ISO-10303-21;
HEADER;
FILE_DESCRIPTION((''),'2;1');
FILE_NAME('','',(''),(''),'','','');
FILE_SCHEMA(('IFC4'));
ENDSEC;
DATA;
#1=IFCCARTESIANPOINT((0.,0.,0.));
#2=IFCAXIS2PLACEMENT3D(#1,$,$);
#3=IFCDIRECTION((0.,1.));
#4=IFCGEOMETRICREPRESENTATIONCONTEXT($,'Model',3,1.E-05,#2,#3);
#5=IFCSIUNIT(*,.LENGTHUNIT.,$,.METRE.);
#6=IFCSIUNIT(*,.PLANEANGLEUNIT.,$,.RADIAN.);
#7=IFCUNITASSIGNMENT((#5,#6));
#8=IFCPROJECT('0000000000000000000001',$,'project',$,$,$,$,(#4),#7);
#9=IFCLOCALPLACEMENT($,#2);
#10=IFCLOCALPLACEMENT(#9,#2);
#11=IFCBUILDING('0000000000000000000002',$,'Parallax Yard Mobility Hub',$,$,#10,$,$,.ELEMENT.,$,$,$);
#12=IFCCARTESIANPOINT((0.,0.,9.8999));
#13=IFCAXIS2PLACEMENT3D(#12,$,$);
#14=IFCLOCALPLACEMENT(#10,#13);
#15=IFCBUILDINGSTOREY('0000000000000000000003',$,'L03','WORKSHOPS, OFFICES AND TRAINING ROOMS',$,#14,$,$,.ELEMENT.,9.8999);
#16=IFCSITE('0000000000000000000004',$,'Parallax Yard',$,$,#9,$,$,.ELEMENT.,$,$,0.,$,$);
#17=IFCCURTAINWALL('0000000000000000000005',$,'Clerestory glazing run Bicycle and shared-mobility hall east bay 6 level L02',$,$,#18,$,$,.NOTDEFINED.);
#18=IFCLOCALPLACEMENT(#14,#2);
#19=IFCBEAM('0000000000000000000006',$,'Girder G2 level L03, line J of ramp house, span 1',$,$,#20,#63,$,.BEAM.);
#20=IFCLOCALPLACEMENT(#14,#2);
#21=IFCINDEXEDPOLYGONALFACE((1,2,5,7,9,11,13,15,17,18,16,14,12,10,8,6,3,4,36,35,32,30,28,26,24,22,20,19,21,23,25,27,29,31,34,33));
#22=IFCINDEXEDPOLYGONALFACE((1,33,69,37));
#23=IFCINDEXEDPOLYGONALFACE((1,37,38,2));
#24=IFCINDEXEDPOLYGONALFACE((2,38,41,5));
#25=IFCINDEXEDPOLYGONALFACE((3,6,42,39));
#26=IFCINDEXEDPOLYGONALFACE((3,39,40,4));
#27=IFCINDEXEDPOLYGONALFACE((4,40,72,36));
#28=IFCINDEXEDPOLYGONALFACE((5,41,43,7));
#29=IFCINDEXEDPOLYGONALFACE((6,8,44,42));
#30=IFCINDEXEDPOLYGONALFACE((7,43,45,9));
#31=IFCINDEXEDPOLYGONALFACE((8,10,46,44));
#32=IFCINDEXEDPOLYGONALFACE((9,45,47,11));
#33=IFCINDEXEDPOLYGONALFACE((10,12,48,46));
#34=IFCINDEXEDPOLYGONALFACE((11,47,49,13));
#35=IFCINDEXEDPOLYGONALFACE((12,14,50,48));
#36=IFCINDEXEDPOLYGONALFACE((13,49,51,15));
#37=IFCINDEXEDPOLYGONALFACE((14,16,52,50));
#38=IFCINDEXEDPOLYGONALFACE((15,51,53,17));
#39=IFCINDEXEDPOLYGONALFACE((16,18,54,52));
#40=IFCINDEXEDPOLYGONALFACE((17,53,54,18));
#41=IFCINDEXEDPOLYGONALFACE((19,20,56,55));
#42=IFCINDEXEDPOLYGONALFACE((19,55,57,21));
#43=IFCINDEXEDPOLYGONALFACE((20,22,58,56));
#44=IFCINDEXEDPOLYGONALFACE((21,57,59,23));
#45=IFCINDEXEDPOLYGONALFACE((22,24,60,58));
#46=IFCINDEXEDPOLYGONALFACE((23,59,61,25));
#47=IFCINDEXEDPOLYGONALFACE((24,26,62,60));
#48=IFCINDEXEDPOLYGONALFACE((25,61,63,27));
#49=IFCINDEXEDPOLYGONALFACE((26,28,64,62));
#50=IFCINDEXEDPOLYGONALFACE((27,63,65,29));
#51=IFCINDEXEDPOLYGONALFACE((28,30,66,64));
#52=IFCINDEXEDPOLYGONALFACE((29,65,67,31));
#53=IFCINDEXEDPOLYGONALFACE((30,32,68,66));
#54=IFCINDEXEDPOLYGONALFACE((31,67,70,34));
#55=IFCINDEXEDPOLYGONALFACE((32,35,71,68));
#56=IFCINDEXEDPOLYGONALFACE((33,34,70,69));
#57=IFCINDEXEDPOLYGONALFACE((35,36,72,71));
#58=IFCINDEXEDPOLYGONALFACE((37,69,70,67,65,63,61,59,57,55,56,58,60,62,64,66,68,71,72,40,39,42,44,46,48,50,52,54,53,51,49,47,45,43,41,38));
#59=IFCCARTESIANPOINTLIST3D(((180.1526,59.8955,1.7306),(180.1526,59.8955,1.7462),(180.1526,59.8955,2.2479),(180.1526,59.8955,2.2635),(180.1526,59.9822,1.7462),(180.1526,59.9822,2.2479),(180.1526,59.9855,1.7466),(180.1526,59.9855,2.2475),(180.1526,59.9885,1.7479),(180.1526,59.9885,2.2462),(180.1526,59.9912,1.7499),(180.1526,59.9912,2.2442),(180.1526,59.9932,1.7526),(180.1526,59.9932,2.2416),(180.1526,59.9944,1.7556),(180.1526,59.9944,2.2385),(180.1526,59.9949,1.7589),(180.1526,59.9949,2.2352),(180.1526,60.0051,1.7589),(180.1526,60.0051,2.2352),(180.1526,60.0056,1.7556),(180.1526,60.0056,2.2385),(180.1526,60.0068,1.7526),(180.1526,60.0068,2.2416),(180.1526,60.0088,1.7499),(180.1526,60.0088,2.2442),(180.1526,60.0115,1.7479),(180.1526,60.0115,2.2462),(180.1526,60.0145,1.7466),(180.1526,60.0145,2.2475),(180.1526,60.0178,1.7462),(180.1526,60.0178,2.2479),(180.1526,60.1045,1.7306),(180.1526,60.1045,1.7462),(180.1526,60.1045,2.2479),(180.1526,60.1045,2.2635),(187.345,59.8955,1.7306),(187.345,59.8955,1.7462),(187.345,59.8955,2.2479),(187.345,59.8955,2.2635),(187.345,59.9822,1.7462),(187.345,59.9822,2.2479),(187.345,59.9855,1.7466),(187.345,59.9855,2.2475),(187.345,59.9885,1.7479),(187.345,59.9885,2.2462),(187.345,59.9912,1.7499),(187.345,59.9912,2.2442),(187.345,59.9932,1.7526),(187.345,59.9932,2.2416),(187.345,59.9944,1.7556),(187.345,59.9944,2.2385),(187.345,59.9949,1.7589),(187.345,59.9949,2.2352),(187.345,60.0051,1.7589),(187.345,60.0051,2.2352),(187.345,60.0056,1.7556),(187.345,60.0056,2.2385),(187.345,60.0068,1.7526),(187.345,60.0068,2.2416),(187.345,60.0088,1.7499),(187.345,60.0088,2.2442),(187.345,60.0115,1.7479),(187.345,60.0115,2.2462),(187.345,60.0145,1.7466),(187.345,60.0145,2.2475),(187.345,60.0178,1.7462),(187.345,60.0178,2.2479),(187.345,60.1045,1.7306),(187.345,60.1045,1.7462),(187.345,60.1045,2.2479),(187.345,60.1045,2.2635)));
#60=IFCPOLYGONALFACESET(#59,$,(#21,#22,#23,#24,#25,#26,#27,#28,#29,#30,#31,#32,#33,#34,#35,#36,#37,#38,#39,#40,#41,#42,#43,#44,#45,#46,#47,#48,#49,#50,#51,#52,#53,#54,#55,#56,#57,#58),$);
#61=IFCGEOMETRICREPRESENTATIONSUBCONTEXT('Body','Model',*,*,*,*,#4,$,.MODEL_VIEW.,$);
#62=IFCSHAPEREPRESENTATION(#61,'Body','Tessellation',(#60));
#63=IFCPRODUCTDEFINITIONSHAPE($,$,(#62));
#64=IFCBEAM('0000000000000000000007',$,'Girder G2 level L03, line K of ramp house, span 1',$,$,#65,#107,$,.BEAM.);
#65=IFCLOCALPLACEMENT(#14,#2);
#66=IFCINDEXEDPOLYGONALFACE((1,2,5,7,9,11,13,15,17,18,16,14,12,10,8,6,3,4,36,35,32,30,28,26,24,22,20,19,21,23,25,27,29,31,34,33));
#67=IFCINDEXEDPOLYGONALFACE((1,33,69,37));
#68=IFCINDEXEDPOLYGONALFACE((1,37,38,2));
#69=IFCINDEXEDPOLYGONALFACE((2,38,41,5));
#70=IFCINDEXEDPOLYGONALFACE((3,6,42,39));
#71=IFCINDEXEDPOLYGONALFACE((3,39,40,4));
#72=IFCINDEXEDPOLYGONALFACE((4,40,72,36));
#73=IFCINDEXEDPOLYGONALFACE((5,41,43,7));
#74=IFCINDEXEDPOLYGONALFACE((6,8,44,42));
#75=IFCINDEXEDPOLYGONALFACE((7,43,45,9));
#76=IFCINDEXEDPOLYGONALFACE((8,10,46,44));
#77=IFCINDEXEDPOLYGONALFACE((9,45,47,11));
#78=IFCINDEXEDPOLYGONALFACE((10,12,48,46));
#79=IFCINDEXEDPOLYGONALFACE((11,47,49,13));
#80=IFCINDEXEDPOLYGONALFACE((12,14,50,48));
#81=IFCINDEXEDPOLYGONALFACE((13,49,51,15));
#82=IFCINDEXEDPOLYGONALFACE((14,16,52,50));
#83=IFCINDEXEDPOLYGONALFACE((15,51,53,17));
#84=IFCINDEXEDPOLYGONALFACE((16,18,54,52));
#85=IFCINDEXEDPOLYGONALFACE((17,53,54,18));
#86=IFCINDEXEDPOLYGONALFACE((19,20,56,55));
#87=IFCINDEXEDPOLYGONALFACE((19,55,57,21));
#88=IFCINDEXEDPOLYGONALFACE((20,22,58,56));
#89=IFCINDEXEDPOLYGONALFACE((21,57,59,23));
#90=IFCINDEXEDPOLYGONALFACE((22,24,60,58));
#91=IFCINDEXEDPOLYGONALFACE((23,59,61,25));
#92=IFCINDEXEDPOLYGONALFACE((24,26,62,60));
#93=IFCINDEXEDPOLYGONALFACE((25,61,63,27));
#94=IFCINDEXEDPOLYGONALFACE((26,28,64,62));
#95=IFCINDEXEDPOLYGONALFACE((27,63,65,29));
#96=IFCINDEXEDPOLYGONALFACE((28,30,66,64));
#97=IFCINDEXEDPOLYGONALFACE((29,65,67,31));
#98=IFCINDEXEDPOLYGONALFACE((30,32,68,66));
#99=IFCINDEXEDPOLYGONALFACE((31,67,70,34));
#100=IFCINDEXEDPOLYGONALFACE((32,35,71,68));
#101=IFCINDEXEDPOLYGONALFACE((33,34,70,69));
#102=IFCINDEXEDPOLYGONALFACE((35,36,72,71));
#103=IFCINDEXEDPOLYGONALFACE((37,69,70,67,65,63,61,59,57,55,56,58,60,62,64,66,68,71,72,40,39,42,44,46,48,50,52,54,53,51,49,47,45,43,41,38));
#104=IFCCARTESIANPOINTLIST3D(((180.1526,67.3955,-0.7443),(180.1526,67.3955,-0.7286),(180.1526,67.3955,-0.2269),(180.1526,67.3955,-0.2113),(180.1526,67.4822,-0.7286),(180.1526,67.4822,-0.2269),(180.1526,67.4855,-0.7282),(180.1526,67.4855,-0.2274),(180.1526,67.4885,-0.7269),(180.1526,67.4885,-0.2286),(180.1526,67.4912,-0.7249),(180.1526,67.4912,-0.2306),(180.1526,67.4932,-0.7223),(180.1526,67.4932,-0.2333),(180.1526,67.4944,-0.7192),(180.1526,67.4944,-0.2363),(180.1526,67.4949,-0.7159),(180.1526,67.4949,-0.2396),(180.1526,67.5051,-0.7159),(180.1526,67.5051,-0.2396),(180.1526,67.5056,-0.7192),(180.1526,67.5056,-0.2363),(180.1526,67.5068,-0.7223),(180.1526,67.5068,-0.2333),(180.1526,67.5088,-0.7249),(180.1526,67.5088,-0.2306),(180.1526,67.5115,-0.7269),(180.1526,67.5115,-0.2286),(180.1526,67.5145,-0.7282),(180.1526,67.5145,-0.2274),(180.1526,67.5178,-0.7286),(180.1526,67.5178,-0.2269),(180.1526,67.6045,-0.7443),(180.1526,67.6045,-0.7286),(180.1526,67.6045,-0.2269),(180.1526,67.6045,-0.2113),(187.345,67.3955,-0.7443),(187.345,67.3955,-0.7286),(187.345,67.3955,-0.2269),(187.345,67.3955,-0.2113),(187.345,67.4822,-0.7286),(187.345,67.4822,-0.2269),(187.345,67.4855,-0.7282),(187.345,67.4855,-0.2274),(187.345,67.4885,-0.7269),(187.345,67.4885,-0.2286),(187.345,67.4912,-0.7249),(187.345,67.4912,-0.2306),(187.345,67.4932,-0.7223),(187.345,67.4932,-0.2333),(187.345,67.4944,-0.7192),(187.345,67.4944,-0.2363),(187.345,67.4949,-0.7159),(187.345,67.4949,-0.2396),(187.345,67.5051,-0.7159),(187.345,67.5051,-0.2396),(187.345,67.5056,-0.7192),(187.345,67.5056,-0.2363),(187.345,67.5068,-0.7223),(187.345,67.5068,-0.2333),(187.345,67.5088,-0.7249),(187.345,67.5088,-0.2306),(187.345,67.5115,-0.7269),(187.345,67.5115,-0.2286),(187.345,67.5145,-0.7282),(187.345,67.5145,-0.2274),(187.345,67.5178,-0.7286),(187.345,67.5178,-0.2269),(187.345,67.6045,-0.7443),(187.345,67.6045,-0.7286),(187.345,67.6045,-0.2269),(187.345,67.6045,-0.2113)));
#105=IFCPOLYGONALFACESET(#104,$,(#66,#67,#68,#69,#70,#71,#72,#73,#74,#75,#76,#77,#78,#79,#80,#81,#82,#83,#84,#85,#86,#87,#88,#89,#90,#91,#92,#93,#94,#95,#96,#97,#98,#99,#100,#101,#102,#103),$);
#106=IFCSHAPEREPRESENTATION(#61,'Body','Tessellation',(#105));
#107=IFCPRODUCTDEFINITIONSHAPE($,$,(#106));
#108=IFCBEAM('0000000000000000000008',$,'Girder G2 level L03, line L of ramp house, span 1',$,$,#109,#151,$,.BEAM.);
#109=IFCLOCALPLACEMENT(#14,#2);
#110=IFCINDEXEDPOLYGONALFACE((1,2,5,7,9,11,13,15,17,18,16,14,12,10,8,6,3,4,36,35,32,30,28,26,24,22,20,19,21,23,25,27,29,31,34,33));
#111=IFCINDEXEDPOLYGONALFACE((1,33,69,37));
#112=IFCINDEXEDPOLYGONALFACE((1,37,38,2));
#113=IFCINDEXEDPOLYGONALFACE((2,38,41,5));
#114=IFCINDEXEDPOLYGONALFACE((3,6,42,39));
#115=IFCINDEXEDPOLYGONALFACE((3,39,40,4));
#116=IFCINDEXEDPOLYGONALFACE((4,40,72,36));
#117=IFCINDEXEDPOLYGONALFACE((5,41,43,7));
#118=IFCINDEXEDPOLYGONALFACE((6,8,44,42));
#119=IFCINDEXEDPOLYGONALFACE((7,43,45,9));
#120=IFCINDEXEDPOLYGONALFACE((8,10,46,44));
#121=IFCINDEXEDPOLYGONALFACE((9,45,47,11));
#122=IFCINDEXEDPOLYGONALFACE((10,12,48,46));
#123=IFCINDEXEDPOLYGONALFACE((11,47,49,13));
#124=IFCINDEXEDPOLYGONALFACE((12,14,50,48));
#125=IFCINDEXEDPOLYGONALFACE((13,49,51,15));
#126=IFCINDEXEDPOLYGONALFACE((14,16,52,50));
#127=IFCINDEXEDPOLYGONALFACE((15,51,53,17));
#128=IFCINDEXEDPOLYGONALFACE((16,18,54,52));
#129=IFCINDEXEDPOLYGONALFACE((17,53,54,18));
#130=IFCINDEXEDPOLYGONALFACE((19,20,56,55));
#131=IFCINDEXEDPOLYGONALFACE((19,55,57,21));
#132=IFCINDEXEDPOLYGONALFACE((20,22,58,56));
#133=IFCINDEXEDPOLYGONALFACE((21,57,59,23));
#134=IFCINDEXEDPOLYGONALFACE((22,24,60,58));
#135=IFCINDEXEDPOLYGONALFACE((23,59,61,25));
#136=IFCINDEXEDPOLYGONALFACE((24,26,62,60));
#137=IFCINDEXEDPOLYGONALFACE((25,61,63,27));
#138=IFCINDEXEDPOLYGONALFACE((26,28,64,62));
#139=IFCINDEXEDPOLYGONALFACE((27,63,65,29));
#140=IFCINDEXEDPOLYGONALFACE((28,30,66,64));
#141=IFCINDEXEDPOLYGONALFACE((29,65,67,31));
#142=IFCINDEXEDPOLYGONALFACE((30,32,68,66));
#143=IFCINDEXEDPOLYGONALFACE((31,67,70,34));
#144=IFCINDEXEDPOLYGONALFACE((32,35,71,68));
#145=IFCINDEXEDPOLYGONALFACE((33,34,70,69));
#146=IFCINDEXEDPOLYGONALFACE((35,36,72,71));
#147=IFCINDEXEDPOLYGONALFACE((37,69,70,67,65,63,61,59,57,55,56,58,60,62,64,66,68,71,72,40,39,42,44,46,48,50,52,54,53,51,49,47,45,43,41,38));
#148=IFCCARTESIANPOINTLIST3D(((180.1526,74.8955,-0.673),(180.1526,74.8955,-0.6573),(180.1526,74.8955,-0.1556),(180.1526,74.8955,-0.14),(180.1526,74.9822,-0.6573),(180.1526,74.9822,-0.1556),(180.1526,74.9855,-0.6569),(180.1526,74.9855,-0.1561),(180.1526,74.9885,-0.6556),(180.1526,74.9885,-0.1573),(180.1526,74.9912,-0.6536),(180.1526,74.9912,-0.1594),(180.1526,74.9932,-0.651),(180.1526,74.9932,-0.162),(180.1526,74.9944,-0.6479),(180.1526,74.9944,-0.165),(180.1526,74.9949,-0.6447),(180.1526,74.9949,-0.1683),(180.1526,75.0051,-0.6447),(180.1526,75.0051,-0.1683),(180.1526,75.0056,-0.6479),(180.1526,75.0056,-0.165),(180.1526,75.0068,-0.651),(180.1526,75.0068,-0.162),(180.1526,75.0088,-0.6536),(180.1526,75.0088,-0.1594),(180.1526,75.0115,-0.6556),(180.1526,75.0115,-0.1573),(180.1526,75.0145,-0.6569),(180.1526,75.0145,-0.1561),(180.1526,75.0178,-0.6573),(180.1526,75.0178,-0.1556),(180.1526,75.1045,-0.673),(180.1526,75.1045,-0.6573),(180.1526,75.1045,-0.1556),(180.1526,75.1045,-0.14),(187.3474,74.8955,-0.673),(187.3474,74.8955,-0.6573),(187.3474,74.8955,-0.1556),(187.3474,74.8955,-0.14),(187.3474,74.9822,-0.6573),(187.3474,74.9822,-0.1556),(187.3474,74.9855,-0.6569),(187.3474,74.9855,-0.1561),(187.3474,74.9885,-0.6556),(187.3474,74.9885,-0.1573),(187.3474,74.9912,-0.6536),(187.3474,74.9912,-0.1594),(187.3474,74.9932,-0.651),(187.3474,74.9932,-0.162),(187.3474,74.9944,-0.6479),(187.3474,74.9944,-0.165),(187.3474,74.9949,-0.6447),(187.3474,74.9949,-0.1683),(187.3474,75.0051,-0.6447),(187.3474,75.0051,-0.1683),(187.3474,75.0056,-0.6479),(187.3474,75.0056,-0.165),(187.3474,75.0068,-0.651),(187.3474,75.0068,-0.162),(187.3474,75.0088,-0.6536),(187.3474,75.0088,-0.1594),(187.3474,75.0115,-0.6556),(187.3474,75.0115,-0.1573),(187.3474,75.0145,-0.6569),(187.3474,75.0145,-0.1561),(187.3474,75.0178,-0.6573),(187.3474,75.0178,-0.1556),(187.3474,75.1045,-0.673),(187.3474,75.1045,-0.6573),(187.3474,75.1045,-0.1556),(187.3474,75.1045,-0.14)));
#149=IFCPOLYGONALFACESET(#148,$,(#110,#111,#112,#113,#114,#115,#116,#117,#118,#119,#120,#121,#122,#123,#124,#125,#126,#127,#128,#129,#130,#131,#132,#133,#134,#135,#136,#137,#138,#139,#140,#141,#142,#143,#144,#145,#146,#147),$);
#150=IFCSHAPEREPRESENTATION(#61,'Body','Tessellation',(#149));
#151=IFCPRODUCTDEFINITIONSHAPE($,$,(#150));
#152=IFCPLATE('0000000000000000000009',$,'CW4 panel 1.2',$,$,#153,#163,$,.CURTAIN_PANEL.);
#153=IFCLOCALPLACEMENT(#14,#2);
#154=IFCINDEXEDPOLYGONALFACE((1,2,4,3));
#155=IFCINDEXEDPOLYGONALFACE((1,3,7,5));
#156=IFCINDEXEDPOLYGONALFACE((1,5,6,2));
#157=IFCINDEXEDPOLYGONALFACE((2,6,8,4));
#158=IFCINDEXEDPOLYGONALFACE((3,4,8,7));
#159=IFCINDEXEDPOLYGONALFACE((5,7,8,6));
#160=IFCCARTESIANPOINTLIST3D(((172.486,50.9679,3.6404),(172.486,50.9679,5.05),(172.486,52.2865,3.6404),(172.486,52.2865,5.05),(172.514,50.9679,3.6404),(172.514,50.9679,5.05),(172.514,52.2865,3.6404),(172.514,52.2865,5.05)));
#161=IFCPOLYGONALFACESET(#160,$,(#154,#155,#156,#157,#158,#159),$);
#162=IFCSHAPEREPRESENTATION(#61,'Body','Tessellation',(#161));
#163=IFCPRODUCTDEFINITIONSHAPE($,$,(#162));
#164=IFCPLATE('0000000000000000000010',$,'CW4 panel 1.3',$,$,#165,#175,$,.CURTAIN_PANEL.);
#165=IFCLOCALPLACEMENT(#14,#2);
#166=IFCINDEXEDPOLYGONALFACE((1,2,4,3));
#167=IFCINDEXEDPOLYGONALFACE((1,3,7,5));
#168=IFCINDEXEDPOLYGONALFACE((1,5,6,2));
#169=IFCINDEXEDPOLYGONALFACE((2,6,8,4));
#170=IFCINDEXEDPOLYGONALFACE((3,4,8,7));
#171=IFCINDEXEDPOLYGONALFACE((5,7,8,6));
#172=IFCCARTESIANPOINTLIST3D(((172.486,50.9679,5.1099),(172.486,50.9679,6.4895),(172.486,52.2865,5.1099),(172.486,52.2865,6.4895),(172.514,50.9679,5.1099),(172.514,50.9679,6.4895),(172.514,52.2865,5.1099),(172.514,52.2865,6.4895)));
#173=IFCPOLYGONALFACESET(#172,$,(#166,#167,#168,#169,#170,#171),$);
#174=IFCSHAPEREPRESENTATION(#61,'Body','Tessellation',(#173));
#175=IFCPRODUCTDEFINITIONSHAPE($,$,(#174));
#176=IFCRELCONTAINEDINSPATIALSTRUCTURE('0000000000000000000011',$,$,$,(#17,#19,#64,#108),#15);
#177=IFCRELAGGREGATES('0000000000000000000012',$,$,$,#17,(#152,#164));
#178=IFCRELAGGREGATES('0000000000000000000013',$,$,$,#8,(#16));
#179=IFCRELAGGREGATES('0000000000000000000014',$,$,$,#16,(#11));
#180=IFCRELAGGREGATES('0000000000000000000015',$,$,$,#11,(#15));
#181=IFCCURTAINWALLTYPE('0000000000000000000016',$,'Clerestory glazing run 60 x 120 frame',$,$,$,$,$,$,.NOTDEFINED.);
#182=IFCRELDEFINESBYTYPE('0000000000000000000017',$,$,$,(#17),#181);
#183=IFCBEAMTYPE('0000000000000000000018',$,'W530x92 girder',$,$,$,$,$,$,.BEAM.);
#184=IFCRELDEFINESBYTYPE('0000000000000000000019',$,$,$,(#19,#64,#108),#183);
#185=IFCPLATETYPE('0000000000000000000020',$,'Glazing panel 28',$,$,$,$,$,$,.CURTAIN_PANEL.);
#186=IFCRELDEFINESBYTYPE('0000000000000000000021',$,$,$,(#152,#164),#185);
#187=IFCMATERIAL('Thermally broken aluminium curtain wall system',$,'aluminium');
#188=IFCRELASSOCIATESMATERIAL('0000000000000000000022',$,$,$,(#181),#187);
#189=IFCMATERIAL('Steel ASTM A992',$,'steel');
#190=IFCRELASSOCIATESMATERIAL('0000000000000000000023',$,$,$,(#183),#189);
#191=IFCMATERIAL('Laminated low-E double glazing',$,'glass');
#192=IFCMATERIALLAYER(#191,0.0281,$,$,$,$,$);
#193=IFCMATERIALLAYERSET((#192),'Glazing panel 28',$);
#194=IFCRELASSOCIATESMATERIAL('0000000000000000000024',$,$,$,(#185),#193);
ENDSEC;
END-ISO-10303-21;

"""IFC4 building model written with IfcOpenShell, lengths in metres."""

from ifc_helpers import new_model, si_unit, direction, frame, origin, origin_2d, place, context, subcontext, project, spatial, rectangle, i_section, extrude, material, layer, layer_set, material_profile, profile_set, type_object, element, aggregate, save


model = new_model("IFC4")

# Units and contexts
model_context = context("Model", 3, precision=1e-05, world=origin(), true_north=direction((0.0, 1.0)))
body_context = subcontext(model_context, "Body", "Model", "MODEL_VIEW")
ifc_project = project(units=[si_unit("LENGTHUNIT", "METRE"), si_unit("PLANEANGLEUNIT", "RADIAN")], contexts=[model_context])

# Site, building, storey
site_placement = place(None, origin())
site = spatial("IfcSite", under=ifc_project, at=site_placement, Name="Parallax Yard", CompositionType="ELEMENT", RefElevation=0.0)
building_placement = place(site_placement, origin())
building = spatial("IfcBuilding", under=site, at=building_placement, Name="Parallax Yard Mobility Hub", CompositionType="ELEMENT")
storey_placement = place(building_placement, frame((0.0, 0.0, 9.8999)))
storey = spatial("IfcBuildingStorey", under=building, at=storey_placement, Name="L03", Description="WORKSHOPS, OFFICES AND TRAINING ROOMS", CompositionType="ELEMENT", Elevation=9.8999)

# Shared definitions
ifc_material_1 = material(Name="Steel ASTM A992", Category="steel")

# Curtain wall
ifc_material_2 = material(Name="Thermally broken aluminium curtain wall system", Category="aluminium")
curtain_wall_type = type_object("IfcCurtainWallType", Name="Clerestory glazing run 60 x 120 frame", PredefinedType="NOTDEFINED", material=ifc_material_2)
curtain_wall_placement = place(storey_placement, origin())
curtain_wall = element("IfcCurtainWall", 1, at=curtain_wall_placement, inside=storey, type_object=curtain_wall_type, Name="Clerestory glazing run Bicycle and shared-mobility hall east bay 6 level L02", PredefinedType="NOTDEFINED")

# Beams
ifc_material_profile_1 = material_profile(ifc_material_1, i_section(OverallWidth=0.209, OverallDepth=0.533, WebThickness=0.0103, FlangeThickness=0.0156, FilletRadius=0.0127, at=origin_2d()), Name="W530x92")
ifc_profile_set_1 = profile_set([ifc_material_profile_1], Name="Steel ASTM A992")
beam_type_1 = type_object("IfcBeamType", Name="W530x92 girder", PredefinedType="BEAM", material=ifc_profile_set_1)
for number, where, z_axis, x_axis, name in (
    (2, (180.1526, 60.0, 1.9971), (1.0, 0.0, 0.0), (0.0, 1.0, 0.0), "Girder G2 level L03, line J of ramp house, span 1"),
    (3, (180.1526, 67.5, -0.4778), (1.0, 0.0, 0.0), (0.0, 1.0, 0.0), "Girder G2 level L03, line K of ramp house, span 1"),
):
    element("IfcBeam", number, at=place(storey_placement, frame(where, z_axis=z_axis, x_axis=x_axis)), inside=storey, type_object=beam_type_1, Name=name, PredefinedType="BEAM", context=body_context, shape_type="SweptSolid", body=[
        extrude(i_section(OverallWidth=0.209, OverallDepth=0.533, WebThickness=0.0103, FlangeThickness=0.0156, FilletRadius=0.0127, at=origin_2d()), origin(), (0.0, 0.0, 1.0), 7.1924),
    ])
beam_1_placement = place(storey_placement, frame((180.1526, 75.0, -0.4065), z_axis=(1.0, 0.0, 0.0), x_axis=(0.0, 1.0, 0.0)))
element("IfcBeam", 4, at=beam_1_placement, inside=storey, type_object=beam_type_1, Name="Girder G2 level L03, line L of ramp house, span 1", PredefinedType="BEAM", context=body_context, shape_type="SweptSolid", body=[
    extrude(i_section(OverallWidth=0.209, OverallDepth=0.533, WebThickness=0.0103, FlangeThickness=0.0156, FilletRadius=0.0127, at=origin_2d()), origin(), (0.0, 0.0, 1.0), 7.1948),
])

# Plates
ifc_material_3 = material(Name="Laminated low-E double glazing", Category="glass")
ifc_layer_1 = layer(ifc_material_3, 0.0281)
ifc_layer_set_1 = layer_set([ifc_layer_1], Name="Glazing panel 28")
plate_type = type_object("IfcPlateType", Name="Glazing panel 28", PredefinedType="CURTAIN_PANEL", material=ifc_layer_set_1)
plate_1_placement = place(storey_placement, frame((172.5, 51.6272, 3.6404), z_axis=(0.0, 0.0, 1.0), x_axis=(0.0, 1.0, 0.0)))
plate_1 = element("IfcPlate", 5, at=plate_1_placement, type_object=plate_type, Name="CW4 panel 1.2", PredefinedType="CURTAIN_PANEL", context=body_context, shape_type="SweptSolid", body=[
    extrude(rectangle(XDim=1.3186, YDim=0.0281, at=origin_2d()), origin(), (0.0, 0.0, 1.0), 1.4097),
])
plate_2_placement = place(storey_placement, frame((172.5, 51.6272, 5.1099), z_axis=(0.0, 0.0, 1.0), x_axis=(0.0, 1.0, 0.0)))
plate_2 = element("IfcPlate", 6, at=plate_2_placement, type_object=plate_type, Name="CW4 panel 1.3", PredefinedType="CURTAIN_PANEL", context=body_context, shape_type="SweptSolid", body=[
    extrude(rectangle(XDim=1.3186, YDim=0.0281, at=origin_2d()), origin(), (0.0, 0.0, 1.0), 1.3796),
])
aggregate(curtain_wall, [plate_1, plate_2])

save(model, "model.ifc")
